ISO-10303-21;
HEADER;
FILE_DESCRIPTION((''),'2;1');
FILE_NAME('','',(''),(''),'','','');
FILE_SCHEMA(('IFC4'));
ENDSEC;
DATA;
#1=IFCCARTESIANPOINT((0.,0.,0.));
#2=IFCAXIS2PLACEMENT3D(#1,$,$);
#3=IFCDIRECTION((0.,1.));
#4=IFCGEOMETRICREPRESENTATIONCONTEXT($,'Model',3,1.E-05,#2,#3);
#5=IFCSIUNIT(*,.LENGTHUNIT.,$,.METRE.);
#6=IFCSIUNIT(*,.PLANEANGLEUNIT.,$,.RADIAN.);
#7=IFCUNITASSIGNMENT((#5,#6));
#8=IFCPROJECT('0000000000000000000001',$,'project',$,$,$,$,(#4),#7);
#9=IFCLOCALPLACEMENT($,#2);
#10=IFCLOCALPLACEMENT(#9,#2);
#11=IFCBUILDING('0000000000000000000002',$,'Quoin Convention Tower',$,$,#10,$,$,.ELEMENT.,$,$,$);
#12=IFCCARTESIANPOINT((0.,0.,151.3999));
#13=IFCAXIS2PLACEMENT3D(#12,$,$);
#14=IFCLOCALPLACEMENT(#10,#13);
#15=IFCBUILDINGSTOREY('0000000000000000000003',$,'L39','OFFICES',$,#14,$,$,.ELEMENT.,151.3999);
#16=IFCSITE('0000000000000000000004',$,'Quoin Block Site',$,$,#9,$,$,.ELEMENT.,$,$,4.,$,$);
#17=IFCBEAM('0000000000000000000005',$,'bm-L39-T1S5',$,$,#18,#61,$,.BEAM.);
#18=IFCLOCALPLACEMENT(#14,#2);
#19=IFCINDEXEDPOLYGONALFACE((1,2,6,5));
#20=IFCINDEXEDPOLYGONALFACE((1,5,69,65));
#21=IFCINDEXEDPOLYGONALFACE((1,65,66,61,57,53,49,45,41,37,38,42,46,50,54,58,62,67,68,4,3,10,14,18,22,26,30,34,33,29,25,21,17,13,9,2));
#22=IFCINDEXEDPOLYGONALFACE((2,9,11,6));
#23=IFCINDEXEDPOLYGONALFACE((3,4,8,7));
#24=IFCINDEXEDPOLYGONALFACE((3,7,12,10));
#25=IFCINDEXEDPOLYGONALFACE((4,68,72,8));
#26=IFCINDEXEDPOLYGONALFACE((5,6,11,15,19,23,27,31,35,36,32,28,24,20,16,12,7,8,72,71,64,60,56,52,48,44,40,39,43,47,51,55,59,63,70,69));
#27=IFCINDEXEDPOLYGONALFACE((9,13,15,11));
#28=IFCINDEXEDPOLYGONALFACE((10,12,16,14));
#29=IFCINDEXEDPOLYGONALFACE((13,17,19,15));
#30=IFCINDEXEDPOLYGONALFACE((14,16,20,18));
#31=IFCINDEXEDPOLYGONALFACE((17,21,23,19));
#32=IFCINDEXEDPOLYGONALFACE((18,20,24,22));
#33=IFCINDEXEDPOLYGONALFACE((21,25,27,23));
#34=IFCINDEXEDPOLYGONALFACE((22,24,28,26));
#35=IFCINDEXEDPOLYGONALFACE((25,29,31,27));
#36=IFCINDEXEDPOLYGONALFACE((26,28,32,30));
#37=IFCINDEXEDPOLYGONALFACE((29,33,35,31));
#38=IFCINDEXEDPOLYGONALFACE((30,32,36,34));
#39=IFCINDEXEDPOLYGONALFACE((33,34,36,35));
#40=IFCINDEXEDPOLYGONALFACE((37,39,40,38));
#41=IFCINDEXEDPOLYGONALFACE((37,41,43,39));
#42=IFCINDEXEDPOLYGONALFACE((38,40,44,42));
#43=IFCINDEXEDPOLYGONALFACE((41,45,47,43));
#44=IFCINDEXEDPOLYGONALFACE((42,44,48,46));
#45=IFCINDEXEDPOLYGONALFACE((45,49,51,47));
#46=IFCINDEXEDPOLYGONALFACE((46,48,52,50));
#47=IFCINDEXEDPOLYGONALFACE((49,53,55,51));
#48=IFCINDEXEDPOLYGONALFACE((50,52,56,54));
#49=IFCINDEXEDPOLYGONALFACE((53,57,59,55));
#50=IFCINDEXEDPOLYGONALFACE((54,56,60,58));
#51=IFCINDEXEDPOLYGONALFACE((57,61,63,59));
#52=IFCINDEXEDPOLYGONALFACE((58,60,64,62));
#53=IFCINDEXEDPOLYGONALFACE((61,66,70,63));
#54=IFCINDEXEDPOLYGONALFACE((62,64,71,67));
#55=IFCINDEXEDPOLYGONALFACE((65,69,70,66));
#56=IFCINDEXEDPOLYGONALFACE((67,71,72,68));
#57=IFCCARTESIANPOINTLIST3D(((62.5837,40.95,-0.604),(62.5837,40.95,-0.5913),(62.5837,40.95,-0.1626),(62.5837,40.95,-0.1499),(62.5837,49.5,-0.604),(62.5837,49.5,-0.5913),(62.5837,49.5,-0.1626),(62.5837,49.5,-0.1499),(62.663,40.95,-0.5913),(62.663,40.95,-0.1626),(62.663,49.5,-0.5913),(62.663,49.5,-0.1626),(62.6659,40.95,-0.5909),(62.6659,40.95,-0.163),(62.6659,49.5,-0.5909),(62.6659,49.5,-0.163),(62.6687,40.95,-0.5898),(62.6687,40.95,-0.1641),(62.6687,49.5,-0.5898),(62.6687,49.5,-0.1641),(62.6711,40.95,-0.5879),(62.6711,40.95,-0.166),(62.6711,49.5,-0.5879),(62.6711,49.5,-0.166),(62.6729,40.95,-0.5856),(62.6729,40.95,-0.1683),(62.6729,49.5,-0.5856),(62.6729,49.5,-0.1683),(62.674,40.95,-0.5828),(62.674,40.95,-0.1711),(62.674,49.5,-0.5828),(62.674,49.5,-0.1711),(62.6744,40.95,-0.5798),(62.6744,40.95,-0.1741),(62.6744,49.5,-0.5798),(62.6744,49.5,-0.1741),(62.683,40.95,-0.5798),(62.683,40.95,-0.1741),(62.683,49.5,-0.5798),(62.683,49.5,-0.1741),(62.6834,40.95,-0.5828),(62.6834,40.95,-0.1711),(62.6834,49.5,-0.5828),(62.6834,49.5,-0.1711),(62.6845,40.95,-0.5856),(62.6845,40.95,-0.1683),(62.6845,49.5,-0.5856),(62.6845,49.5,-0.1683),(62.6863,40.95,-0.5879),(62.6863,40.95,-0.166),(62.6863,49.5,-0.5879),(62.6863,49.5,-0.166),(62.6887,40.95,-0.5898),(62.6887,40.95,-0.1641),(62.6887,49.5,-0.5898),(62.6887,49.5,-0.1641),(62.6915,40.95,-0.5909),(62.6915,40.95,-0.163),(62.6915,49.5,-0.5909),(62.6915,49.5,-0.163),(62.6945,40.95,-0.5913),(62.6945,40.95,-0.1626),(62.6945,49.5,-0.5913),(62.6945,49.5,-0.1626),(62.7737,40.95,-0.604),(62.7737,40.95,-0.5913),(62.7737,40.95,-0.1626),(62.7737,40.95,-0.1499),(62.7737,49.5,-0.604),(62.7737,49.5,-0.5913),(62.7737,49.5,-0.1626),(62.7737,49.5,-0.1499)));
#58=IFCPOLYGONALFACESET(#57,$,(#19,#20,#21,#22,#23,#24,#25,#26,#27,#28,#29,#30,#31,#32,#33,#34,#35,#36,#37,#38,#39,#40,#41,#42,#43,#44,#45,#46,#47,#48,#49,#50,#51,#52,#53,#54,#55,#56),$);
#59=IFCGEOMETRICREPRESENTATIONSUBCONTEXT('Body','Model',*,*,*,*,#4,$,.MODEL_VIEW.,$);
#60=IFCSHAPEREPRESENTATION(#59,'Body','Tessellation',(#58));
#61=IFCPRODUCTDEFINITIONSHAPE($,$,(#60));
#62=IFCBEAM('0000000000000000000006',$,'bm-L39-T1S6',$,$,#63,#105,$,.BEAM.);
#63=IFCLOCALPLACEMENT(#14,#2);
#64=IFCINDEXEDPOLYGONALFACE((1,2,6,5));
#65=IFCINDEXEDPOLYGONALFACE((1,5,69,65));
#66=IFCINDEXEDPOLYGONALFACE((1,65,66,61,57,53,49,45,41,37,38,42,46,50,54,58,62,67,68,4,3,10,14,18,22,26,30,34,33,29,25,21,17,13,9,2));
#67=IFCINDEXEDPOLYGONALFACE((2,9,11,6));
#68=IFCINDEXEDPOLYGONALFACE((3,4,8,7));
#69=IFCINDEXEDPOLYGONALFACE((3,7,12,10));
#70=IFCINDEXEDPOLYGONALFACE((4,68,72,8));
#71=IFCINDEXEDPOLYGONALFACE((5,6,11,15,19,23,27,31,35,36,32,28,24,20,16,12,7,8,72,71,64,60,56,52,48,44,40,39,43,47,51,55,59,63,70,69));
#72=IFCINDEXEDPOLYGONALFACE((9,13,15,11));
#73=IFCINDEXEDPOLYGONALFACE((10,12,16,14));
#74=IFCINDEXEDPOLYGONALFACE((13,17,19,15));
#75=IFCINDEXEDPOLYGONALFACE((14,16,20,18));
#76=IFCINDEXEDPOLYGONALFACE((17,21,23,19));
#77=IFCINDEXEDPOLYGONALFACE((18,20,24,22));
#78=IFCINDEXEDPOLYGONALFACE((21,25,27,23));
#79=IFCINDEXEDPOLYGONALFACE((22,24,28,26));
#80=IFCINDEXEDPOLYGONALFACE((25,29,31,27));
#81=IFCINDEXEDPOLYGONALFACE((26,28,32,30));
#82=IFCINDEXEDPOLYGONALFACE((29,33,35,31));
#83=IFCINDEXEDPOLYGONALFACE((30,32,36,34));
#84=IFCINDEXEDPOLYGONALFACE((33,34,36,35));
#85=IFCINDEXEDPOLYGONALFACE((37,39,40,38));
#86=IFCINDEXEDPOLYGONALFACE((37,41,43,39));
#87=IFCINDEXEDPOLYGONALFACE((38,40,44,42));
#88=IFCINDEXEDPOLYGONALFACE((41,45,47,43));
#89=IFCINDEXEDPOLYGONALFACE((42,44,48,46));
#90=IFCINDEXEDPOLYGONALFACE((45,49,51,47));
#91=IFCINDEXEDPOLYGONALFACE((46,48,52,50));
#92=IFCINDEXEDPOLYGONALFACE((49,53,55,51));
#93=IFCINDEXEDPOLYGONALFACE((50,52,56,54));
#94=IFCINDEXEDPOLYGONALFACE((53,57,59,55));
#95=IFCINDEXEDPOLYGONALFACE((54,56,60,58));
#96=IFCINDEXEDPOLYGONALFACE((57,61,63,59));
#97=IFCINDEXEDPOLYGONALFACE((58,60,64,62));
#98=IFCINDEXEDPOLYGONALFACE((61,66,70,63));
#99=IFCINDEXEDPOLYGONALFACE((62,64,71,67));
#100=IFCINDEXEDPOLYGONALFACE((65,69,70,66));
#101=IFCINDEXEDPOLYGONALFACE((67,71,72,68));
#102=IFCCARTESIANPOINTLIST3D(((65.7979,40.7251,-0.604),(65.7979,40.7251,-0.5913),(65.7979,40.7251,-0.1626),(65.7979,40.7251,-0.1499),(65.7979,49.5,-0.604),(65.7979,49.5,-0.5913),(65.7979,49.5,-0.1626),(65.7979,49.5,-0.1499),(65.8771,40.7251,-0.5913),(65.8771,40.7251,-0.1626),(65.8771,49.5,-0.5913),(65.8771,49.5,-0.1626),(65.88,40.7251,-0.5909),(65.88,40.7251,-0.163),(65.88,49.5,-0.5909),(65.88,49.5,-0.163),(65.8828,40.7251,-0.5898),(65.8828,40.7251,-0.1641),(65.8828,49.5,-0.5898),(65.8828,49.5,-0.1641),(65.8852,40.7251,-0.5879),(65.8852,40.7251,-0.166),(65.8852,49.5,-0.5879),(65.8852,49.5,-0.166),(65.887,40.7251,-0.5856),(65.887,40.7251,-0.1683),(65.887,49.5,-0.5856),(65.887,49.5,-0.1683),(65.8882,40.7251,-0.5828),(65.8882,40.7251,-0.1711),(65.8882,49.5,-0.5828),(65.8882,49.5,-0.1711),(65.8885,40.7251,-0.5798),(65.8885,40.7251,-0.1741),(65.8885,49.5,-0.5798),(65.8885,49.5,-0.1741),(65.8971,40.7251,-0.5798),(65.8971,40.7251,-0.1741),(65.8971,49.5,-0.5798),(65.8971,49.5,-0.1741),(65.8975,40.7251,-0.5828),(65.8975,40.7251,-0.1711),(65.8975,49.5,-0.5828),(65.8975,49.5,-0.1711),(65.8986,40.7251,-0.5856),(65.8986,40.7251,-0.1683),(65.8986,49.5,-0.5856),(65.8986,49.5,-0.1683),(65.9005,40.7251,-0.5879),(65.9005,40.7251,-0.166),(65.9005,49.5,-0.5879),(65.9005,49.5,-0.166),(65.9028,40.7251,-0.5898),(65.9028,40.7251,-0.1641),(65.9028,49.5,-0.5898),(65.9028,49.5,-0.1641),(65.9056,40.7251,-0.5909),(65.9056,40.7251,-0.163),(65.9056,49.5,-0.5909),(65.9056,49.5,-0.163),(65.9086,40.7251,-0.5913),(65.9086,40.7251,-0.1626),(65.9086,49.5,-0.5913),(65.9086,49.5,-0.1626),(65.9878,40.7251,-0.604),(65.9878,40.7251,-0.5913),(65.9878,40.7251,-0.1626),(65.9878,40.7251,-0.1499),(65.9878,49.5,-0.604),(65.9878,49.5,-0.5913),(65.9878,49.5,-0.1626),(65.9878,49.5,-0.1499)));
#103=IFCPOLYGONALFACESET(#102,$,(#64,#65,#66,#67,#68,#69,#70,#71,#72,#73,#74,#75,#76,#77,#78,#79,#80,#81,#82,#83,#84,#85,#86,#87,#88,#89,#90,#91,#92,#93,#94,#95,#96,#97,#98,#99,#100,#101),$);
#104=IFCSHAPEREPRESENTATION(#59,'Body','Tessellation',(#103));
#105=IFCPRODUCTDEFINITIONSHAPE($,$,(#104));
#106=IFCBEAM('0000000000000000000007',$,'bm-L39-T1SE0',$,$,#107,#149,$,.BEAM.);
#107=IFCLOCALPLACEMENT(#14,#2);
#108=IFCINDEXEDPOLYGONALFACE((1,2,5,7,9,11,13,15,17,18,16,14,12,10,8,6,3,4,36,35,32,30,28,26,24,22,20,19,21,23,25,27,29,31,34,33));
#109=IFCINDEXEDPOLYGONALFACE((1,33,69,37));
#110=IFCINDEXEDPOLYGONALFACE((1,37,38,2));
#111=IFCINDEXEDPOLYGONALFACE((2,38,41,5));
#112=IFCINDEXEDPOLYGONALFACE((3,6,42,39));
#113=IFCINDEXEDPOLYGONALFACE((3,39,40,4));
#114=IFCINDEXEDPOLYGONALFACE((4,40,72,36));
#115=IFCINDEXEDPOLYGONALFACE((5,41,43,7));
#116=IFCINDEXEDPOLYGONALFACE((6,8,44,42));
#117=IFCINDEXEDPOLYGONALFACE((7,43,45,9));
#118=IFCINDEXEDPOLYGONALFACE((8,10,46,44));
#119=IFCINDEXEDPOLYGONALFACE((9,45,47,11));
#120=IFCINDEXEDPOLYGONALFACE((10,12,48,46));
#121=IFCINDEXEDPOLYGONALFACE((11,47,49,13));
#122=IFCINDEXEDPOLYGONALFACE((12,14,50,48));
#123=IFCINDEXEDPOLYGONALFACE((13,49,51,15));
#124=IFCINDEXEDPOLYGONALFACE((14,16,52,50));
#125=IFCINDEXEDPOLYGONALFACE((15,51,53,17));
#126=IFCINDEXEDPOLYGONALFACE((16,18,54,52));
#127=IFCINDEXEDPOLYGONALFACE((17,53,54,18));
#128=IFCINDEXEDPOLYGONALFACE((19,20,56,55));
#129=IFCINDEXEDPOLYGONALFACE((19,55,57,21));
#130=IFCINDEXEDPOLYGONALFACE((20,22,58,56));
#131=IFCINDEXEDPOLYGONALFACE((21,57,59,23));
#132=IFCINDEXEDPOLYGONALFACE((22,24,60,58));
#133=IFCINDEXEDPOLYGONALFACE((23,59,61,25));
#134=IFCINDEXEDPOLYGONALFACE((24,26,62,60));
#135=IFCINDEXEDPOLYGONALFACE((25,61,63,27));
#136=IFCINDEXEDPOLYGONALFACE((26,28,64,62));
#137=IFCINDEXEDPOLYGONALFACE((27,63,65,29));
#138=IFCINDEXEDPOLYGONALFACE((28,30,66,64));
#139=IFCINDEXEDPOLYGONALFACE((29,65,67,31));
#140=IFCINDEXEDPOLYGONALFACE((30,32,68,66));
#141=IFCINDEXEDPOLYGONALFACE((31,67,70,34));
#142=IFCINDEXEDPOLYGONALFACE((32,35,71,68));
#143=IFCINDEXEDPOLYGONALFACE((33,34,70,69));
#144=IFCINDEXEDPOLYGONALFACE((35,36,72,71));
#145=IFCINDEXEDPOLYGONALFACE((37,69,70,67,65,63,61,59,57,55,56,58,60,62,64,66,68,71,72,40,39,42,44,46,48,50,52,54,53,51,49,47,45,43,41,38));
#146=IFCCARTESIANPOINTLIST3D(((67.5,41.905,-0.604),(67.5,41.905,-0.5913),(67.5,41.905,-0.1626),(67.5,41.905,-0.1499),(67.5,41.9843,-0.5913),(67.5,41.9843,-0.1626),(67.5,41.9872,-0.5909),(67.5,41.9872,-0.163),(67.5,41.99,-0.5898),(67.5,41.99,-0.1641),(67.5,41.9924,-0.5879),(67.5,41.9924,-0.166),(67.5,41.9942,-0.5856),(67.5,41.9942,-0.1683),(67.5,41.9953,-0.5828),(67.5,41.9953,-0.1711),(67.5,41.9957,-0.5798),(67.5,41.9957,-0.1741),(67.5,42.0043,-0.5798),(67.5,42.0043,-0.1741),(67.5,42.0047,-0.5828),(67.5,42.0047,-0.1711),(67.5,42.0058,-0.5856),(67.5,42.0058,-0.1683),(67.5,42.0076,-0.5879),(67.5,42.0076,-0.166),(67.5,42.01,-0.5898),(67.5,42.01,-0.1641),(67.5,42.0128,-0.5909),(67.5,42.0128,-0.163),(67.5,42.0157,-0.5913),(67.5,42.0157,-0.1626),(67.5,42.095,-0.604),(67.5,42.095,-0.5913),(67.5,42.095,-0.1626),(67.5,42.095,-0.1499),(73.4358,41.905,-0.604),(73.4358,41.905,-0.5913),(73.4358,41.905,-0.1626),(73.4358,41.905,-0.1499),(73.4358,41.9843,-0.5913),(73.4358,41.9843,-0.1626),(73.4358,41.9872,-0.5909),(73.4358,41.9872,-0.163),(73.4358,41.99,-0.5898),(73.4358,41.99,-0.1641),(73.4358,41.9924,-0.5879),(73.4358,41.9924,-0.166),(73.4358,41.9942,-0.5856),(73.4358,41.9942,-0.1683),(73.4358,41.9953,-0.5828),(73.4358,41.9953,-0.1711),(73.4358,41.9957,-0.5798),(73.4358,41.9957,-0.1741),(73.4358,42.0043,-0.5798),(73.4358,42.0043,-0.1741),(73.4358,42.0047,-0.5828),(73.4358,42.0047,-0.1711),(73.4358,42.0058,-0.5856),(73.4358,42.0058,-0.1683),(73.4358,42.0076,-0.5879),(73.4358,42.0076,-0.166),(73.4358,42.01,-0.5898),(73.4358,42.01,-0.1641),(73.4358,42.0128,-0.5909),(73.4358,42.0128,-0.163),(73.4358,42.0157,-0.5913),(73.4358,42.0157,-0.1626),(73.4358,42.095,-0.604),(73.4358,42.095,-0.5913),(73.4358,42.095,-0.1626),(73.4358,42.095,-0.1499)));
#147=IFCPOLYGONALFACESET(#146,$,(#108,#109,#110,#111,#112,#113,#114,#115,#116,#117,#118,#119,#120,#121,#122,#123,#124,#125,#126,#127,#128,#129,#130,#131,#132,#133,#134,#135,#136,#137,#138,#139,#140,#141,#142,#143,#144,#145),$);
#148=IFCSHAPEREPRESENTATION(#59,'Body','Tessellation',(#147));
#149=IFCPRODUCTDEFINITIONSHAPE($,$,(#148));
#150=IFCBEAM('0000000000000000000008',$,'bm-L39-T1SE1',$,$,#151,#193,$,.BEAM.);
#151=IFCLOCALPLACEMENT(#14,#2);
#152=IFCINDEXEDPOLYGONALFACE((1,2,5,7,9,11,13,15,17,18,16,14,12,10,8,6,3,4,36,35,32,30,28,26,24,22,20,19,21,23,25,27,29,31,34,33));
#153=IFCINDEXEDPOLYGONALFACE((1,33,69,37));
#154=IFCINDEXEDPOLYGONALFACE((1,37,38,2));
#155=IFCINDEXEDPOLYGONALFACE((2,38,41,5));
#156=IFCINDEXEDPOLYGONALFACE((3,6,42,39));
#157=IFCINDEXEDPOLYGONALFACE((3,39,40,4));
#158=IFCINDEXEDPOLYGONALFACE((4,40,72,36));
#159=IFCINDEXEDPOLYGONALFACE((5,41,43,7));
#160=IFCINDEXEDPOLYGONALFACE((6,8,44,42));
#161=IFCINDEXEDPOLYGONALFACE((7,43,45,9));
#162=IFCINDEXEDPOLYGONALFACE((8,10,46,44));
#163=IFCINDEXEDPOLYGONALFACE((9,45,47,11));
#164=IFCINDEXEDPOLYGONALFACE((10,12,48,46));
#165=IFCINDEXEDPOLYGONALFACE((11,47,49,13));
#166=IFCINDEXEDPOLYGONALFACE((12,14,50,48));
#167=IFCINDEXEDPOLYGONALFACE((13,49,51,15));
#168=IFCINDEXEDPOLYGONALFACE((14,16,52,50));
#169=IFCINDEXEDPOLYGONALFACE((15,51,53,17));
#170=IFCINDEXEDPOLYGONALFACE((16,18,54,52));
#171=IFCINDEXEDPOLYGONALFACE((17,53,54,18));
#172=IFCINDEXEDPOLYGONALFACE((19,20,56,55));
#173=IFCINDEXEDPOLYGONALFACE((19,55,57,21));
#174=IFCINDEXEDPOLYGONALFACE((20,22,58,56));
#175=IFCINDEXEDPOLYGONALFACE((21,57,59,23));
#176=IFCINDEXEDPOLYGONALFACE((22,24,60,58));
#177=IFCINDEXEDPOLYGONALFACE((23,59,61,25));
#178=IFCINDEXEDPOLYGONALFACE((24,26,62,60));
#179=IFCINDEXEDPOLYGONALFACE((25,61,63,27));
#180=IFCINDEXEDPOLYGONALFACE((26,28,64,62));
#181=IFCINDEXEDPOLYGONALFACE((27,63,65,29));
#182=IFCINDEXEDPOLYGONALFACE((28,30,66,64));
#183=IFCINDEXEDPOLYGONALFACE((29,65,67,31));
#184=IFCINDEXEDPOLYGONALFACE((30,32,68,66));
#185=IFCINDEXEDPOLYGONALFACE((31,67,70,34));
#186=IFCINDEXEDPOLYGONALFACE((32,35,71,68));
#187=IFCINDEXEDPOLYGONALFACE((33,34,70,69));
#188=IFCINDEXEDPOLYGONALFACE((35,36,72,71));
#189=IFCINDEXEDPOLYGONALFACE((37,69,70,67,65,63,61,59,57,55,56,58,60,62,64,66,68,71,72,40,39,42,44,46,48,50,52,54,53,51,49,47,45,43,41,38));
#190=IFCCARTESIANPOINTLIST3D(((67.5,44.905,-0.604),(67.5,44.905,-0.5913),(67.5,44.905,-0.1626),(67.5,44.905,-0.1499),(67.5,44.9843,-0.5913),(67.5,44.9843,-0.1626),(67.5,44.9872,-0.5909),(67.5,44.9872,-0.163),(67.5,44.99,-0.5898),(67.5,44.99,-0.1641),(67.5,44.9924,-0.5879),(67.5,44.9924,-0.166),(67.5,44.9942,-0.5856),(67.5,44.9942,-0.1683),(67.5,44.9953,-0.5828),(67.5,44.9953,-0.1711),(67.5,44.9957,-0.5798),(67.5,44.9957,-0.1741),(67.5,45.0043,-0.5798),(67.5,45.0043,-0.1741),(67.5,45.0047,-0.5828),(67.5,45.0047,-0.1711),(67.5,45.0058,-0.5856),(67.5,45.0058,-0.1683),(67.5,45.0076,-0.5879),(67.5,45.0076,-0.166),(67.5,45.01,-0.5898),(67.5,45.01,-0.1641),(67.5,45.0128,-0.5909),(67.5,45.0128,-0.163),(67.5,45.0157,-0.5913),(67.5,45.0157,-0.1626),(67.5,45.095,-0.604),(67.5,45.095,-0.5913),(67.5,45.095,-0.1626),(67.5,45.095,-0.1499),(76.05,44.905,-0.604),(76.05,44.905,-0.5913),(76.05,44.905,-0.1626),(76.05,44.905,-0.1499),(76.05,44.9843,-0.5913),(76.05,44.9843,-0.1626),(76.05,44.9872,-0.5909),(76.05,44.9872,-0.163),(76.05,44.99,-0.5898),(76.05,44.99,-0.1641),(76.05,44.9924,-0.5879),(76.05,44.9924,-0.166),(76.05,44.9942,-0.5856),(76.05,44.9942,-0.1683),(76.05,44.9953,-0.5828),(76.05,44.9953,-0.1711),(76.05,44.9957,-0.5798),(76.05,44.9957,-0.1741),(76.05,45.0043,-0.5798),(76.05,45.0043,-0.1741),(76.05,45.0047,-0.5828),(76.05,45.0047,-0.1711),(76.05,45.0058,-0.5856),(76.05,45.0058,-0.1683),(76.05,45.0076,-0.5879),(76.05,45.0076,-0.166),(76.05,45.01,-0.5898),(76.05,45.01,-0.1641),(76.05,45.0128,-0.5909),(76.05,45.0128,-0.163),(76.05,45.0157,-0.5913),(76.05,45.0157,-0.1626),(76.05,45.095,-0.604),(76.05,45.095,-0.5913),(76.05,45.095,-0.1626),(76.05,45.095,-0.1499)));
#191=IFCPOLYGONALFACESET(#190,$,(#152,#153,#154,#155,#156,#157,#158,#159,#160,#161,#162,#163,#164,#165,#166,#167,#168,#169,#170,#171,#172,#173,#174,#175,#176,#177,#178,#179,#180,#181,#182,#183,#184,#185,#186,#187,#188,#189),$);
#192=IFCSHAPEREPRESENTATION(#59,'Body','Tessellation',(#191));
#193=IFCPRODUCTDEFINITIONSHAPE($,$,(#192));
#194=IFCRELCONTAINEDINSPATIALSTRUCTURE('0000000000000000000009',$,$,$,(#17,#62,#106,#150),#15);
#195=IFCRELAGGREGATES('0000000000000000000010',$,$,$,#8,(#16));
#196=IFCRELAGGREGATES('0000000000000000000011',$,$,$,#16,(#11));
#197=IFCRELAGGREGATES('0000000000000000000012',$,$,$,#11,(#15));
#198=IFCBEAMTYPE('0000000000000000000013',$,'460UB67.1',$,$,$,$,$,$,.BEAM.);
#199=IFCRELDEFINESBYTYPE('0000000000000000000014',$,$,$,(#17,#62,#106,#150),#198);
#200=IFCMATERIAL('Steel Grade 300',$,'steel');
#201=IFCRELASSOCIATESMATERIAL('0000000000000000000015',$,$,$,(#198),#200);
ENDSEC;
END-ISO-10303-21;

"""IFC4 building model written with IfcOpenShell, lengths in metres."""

from ifc_helpers import new_model, si_unit, direction, frame, origin, origin_2d, place, context, subcontext, project, spatial, i_section, extrude, material, material_profile, profile_set, type_object, element, save


model = new_model("IFC4")

# Units and contexts
model_context = context("Model", 3, precision=1e-05, world=origin(), true_north=direction((0.0, 1.0)))
body_context = subcontext(model_context, "Body", "Model", "MODEL_VIEW")
ifc_project = project(units=[si_unit("LENGTHUNIT", "METRE"), si_unit("PLANEANGLEUNIT", "RADIAN")], contexts=[model_context])

# Site, building, storey
site_placement = place(None, origin())
site = spatial("IfcSite", under=ifc_project, at=site_placement, Name="Quoin Block Site", CompositionType="ELEMENT", RefElevation=4.0)
building_placement = place(site_placement, origin())
building = spatial("IfcBuilding", under=site, at=building_placement, Name="Quoin Convention Tower", CompositionType="ELEMENT")
storey_placement = place(building_placement, frame((0.0, 0.0, 151.3999)))
storey = spatial("IfcBuildingStorey", under=building, at=storey_placement, Name="L39", Description="OFFICES", CompositionType="ELEMENT", Elevation=151.3999)

# Beams
ifc_material_1 = material(Name="Steel Grade 300", Category="steel")
ifc_material_profile_1 = material_profile(ifc_material_1, i_section(OverallWidth=0.1899, OverallDepth=0.4541, WebThickness=0.0085, FlangeThickness=0.0127, FilletRadius=0.0115, at=origin_2d()), Name="460UB67.1")
ifc_profile_set_1 = profile_set([ifc_material_profile_1], Name="Steel Grade 300")
beam_type_1 = type_object("IfcBeamType", Name="460UB67.1", PredefinedType="BEAM", material=ifc_profile_set_1)
beam_1_placement = place(storey_placement, frame((62.6787, 40.95, -0.377), z_axis=(0.0, 1.0, 0.0), x_axis=(-1.0, 0.0, 0.0)))
element("IfcBeam", 1, at=beam_1_placement, inside=storey, type_object=beam_type_1, Name="bm-L39-T1S5", PredefinedType="BEAM", context=body_context, shape_type="SweptSolid", body=[
    extrude(i_section(OverallWidth=0.1899, OverallDepth=0.4541, WebThickness=0.0085, FlangeThickness=0.0127, FilletRadius=0.0115, at=origin_2d()), origin(), (0.0, 0.0, 1.0), 8.55),
])
beam_2_placement = place(storey_placement, frame((65.8928, 40.7251, -0.377), z_axis=(0.0, 1.0, 0.0), x_axis=(-1.0, 0.0, 0.0)))
element("IfcBeam", 2, at=beam_2_placement, inside=storey, type_object=beam_type_1, Name="bm-L39-T1S6", PredefinedType="BEAM", context=body_context, shape_type="SweptSolid", body=[
    extrude(i_section(OverallWidth=0.1899, OverallDepth=0.4541, WebThickness=0.0085, FlangeThickness=0.0127, FilletRadius=0.0115, at=origin_2d()), origin(), (0.0, 0.0, 1.0), 8.7749),
])
beam_3_placement = place(storey_placement, frame((67.5, 42.0, -0.377), z_axis=(1.0, 0.0, 0.0), x_axis=(0.0, 1.0, 0.0)))
element("IfcBeam", 3, at=beam_3_placement, inside=storey, type_object=beam_type_1, Name="bm-L39-T1SE0", PredefinedType="BEAM", context=body_context, shape_type="SweptSolid", body=[
    extrude(i_section(OverallWidth=0.1899, OverallDepth=0.4541, WebThickness=0.0085, FlangeThickness=0.0127, FilletRadius=0.0115, at=origin_2d()), origin(), (0.0, 0.0, 1.0), 5.9358),
])
beam_4_placement = place(storey_placement, frame((67.5, 45.0, -0.377), z_axis=(1.0, 0.0, 0.0), x_axis=(0.0, 1.0, 0.0)))
element("IfcBeam", 4, at=beam_4_placement, inside=storey, type_object=beam_type_1, Name="bm-L39-T1SE1", PredefinedType="BEAM", context=body_context, shape_type="SweptSolid", body=[
    extrude(i_section(OverallWidth=0.1899, OverallDepth=0.4541, WebThickness=0.0085, FlangeThickness=0.0127, FilletRadius=0.0115, at=origin_2d()), origin(), (0.0, 0.0, 1.0), 8.55),
])

save(model, "model.ifc")
